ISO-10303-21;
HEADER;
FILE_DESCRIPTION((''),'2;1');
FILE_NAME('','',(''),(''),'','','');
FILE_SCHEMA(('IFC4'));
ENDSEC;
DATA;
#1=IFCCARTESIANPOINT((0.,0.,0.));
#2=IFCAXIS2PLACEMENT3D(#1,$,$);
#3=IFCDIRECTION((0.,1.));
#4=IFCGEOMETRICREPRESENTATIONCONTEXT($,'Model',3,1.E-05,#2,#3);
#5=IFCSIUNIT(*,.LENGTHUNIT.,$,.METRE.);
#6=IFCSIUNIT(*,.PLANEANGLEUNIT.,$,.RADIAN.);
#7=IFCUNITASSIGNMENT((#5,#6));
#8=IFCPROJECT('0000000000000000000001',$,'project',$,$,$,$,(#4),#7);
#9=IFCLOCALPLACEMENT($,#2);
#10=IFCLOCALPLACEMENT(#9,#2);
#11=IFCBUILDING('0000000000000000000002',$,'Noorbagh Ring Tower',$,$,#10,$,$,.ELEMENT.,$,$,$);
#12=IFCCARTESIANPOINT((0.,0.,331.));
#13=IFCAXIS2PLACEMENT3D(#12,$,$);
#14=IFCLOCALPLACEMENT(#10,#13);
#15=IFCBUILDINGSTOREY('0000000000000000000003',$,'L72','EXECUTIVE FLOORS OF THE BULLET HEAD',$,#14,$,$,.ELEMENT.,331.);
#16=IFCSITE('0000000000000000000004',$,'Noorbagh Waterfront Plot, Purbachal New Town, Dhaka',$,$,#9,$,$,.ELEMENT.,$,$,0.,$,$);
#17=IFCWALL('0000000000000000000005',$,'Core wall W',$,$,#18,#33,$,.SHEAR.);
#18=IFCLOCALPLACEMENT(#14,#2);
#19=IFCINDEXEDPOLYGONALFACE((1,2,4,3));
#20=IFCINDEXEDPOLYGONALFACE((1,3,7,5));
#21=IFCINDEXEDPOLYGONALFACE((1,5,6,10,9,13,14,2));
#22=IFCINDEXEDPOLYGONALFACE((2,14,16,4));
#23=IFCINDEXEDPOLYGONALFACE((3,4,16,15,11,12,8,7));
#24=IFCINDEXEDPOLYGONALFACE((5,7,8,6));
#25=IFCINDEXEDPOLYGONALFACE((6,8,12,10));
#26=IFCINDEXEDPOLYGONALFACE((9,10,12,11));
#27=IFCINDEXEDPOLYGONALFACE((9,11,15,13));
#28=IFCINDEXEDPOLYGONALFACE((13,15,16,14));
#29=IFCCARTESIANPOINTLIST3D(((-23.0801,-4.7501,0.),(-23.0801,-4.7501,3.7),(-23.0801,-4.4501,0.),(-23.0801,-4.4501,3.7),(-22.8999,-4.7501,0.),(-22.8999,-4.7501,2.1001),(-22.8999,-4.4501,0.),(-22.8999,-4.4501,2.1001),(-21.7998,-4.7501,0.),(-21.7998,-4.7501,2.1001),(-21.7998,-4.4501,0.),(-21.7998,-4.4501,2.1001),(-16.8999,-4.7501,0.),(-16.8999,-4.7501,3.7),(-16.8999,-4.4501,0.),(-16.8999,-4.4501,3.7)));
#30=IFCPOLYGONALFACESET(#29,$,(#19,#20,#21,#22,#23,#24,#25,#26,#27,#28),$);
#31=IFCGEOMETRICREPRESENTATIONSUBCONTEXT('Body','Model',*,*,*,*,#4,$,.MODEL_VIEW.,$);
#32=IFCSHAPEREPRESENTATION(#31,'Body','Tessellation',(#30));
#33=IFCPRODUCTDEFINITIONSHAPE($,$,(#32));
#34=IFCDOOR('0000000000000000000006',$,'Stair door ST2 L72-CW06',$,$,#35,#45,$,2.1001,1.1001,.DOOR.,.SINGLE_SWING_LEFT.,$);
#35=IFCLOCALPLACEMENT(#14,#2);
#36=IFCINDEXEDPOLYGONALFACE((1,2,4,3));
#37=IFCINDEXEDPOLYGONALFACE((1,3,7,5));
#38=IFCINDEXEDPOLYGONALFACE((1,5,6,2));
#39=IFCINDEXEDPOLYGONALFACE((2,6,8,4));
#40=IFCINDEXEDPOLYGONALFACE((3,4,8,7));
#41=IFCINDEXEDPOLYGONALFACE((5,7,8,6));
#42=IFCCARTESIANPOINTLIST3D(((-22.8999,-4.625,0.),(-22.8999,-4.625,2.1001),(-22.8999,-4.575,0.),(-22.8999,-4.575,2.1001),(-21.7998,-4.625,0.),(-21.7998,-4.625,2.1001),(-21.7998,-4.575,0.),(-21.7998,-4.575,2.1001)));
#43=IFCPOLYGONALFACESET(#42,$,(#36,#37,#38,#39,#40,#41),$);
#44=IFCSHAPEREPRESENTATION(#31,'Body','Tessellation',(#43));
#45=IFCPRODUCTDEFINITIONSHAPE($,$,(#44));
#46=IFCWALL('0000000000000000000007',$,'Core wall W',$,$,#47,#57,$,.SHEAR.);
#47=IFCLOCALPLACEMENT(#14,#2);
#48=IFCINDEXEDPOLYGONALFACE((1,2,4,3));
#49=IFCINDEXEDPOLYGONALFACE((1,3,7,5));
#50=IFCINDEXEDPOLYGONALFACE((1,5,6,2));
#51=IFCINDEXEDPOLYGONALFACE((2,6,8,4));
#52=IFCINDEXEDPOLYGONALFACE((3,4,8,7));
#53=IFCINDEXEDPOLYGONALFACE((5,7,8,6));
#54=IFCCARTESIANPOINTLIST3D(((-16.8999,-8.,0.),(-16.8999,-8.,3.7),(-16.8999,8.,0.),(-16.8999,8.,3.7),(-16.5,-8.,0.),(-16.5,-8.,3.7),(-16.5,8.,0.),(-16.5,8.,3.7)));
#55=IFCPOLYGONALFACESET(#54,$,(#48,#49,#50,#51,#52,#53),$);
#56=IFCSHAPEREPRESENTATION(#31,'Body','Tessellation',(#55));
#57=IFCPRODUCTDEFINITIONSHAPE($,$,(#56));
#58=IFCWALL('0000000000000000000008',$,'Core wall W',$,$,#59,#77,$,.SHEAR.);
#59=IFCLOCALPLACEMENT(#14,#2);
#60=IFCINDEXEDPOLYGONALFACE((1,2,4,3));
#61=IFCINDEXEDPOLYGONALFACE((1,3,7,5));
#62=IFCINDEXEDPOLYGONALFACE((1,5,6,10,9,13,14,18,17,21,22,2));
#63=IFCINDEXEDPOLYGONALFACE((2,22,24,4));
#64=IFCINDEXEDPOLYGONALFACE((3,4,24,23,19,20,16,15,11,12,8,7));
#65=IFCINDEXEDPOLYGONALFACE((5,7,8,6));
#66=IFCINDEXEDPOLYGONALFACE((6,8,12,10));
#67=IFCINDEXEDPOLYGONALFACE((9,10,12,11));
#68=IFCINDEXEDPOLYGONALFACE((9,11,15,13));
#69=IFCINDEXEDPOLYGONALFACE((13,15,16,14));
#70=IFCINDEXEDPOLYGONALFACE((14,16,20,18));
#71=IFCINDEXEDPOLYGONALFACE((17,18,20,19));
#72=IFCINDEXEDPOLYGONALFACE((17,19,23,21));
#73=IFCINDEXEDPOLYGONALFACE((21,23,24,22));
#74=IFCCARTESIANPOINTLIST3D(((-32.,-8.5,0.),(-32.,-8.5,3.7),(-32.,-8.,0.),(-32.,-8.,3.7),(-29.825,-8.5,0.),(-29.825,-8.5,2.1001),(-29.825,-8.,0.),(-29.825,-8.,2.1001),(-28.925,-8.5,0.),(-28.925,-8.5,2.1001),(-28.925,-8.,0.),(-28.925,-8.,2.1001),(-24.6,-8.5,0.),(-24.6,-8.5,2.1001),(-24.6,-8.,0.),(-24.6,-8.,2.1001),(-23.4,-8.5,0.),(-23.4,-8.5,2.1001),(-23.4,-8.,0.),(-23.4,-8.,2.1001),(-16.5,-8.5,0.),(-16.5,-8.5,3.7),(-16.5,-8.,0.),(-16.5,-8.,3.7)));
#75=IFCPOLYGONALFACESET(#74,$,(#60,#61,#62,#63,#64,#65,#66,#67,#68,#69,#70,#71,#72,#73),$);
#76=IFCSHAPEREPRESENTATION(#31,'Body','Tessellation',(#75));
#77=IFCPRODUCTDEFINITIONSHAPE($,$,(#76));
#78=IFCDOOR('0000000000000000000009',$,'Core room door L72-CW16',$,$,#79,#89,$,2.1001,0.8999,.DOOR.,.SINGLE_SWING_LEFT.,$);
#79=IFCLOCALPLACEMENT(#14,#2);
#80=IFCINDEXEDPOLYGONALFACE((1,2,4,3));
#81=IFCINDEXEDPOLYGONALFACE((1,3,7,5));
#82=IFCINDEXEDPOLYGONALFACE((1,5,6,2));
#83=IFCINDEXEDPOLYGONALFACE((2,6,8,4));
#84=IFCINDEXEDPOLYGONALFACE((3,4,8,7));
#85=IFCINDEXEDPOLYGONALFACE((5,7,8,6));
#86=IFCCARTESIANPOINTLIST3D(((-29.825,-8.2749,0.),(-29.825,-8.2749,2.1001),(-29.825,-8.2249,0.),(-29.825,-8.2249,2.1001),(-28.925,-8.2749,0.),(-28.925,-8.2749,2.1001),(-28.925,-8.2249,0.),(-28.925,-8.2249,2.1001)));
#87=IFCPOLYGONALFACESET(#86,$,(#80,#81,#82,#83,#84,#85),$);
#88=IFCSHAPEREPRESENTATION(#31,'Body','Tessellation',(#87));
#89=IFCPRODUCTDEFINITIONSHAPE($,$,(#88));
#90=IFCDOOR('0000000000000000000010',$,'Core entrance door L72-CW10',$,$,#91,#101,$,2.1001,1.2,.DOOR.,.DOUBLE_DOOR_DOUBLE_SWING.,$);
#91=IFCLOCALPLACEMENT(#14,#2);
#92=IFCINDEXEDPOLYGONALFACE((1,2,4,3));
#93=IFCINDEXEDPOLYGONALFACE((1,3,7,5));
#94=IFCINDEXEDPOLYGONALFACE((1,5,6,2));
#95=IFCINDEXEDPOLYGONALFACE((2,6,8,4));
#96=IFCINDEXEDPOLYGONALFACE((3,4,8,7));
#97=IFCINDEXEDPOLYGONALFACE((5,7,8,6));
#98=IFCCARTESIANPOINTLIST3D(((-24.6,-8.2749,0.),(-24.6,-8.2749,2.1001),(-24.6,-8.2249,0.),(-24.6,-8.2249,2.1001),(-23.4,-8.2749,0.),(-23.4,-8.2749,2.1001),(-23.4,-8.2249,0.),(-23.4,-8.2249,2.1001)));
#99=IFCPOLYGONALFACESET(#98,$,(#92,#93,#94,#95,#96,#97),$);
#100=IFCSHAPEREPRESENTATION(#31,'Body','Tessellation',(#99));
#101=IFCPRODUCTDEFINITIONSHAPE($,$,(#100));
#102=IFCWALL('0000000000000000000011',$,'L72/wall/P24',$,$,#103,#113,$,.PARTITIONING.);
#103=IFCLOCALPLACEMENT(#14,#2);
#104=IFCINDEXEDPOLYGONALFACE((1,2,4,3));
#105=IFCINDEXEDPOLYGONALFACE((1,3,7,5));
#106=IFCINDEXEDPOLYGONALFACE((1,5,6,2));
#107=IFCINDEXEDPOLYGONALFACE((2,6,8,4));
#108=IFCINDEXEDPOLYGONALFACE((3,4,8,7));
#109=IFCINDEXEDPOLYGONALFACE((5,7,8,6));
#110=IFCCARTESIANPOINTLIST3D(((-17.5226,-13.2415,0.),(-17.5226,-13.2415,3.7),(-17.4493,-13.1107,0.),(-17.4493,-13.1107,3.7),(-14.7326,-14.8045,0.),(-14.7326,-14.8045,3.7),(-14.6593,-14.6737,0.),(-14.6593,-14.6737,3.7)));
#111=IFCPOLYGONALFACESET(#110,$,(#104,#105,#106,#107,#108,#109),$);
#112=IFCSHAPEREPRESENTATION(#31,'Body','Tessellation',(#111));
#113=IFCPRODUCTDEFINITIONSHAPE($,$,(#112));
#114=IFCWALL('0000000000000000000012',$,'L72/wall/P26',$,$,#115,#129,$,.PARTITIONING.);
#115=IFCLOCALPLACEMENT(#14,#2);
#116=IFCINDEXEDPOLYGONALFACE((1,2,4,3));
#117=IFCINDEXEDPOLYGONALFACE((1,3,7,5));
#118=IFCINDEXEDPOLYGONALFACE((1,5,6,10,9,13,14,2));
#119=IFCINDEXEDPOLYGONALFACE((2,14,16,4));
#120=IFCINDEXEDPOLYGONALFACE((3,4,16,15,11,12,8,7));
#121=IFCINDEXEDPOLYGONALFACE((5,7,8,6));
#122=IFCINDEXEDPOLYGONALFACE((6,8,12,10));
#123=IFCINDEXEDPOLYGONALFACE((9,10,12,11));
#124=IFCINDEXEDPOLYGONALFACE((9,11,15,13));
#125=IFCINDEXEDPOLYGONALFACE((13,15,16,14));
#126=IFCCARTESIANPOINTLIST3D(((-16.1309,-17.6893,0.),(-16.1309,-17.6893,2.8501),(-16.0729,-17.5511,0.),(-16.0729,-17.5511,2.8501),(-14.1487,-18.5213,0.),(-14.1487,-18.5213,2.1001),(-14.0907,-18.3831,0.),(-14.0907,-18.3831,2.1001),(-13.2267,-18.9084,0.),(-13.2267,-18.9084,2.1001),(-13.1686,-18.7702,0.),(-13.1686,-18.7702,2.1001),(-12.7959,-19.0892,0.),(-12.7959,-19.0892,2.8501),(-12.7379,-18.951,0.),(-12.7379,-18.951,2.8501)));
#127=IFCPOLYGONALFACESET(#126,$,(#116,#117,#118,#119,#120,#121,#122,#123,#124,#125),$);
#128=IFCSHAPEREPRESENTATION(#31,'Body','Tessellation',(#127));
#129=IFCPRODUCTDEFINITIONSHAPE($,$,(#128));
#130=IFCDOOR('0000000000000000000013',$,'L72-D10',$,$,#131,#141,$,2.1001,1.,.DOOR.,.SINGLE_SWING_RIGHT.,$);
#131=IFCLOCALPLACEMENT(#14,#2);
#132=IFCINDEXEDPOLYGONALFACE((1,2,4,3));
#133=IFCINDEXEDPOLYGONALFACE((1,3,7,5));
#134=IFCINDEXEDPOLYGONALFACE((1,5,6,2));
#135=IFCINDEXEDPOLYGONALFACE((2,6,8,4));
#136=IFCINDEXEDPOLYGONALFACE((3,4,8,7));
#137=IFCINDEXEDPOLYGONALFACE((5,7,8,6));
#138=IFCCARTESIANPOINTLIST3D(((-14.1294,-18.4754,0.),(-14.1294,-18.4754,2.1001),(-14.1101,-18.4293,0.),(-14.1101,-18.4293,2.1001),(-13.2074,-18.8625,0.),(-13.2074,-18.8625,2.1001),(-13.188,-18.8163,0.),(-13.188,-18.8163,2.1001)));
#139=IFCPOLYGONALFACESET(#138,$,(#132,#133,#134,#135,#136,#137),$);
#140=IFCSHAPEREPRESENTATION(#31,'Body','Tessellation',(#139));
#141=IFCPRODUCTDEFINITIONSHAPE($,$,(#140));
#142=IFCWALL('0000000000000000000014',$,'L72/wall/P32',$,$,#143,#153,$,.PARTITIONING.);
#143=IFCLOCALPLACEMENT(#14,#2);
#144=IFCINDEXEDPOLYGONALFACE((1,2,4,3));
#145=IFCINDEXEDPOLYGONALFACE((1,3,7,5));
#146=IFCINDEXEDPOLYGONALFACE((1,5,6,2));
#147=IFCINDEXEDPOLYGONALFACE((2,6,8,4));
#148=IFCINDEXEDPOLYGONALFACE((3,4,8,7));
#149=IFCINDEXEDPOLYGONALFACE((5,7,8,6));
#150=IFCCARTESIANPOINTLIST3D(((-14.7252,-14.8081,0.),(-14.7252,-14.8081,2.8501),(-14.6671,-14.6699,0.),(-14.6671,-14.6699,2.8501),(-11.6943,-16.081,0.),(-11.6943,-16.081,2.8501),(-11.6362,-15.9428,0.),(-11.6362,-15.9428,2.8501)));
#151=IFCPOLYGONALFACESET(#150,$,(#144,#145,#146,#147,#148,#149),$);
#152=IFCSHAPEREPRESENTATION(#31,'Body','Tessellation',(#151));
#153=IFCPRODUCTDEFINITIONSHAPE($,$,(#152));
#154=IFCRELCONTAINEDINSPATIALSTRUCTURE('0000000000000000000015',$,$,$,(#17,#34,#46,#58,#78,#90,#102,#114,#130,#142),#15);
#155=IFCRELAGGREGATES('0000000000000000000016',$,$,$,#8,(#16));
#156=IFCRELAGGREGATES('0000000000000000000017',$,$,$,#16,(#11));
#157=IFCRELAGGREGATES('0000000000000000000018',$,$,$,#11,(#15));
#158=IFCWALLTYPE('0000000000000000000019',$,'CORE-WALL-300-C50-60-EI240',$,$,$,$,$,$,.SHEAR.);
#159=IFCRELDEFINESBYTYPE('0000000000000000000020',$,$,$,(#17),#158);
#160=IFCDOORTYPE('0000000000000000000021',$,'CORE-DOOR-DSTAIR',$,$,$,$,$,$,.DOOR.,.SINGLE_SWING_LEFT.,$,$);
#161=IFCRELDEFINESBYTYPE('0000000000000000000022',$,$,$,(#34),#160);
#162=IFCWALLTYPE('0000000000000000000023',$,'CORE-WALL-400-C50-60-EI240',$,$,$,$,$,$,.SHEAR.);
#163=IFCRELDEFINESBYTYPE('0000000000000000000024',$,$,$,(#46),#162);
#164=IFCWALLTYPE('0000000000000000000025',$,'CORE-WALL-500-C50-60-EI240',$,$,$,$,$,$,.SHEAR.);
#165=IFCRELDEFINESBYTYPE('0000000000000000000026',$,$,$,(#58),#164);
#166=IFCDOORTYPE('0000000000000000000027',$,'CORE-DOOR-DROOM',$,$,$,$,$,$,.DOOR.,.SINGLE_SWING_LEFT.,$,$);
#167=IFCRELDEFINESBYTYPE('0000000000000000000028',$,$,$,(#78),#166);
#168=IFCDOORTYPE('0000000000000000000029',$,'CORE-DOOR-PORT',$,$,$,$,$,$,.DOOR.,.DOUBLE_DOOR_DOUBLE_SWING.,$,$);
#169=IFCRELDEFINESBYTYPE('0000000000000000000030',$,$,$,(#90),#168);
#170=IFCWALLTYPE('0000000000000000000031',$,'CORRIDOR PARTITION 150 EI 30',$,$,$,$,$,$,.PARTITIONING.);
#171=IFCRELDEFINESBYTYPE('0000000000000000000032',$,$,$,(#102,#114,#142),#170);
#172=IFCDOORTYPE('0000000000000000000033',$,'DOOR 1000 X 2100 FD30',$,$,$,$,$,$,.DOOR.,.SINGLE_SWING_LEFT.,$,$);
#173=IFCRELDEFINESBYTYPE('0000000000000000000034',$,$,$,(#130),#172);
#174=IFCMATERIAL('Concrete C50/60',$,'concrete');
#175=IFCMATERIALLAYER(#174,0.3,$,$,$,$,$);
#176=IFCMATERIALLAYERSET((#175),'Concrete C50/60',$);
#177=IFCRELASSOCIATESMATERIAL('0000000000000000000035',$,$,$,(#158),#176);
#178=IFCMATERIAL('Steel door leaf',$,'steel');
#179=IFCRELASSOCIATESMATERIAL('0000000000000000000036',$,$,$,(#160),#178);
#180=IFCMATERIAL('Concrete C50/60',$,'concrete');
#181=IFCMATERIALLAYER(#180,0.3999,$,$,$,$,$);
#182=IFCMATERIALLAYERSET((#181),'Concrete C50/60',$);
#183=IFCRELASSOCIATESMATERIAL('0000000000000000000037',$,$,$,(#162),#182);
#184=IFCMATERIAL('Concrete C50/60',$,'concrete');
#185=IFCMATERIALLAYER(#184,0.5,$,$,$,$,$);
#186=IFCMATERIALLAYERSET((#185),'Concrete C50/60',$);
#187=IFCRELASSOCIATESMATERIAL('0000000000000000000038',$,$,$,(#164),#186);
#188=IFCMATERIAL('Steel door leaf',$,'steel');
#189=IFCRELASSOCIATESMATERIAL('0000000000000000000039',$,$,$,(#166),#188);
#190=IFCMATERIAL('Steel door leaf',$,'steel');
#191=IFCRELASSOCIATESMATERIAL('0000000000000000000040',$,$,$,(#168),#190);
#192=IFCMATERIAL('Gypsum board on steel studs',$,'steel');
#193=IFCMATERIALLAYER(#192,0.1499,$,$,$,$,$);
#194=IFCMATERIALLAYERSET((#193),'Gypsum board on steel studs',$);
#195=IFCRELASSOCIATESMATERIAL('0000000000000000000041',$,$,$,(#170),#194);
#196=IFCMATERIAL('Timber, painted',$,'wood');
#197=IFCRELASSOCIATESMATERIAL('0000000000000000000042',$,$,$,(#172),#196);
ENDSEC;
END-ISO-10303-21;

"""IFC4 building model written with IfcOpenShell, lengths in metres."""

from ifc_helpers import new_model, si_unit, direction, frame, frame_2d, origin, place, context, subcontext, project, spatial, rectangle, extrude, material, layer, layer_set, type_object, element, fill, save


model = new_model("IFC4")

# Units and contexts
model_context = context("Model", 3, precision=1e-05, world=origin(), true_north=direction((0.0, 1.0)))
body_context = subcontext(model_context, "Body", "Model", "MODEL_VIEW")
ifc_project = project(units=[si_unit("LENGTHUNIT", "METRE"), si_unit("PLANEANGLEUNIT", "RADIAN")], contexts=[model_context])

# Site, building, storey
site_placement = place(None, origin())
site = spatial("IfcSite", under=ifc_project, at=site_placement, Name="Noorbagh Waterfront Plot, Purbachal New Town, Dhaka", CompositionType="ELEMENT", RefElevation=0.0)
building_placement = place(site_placement, origin())
building = spatial("IfcBuilding", under=site, at=building_placement, Name="Noorbagh Ring Tower", CompositionType="ELEMENT")
storey_placement = place(building_placement, frame((0.0, 0.0, 331.0)))
storey = spatial("IfcBuildingStorey", under=building, at=storey_placement, Name="L72", Description="EXECUTIVE FLOORS OF THE BULLET HEAD", CompositionType="ELEMENT", Elevation=331.0)

# Wall, opening, door
ifc_material_1 = material(Name="Concrete C50/60", Category="concrete")
ifc_layer_1 = layer(ifc_material_1, 0.3)
ifc_layer_set_1 = layer_set([ifc_layer_1], Name="Concrete C50/60")
wall_type_1 = type_object("IfcWallType", Name="CORE-WALL-300-C50-60-EI240", PredefinedType="SHEAR", material=ifc_layer_set_1)
wall_1_placement = place(storey_placement, frame((-16.8999, -4.6001, 0.0), z_axis=(0.0, 0.0, 1.0), x_axis=(-1.0, 0.0, 0.0)))
wall_1 = element("IfcWall", 1, at=wall_1_placement, inside=storey, type_object=wall_type_1, Name="Core wall W", PredefinedType="SHEAR", context=body_context, shape_type="SweptSolid", body=[
    extrude(rectangle(XDim=6.1802, YDim=0.3, at=frame_2d((3.0901, 0.0))), origin(), (0.0, 0.0, 1.0), 3.7),
])
opening_1_placement = place(wall_1_placement, frame((4.8999, 0.0, 0.0)))
opening_1 = element("IfcOpeningElement", 2, at=opening_1_placement, cuts=wall_1, PredefinedType="OPENING", context=body_context, shape_type="SweptSolid", body=[
    extrude(rectangle(XDim=1.1001, YDim=2.1001, at=frame_2d((0.55, 1.05))), frame((0.0, 0.1602, 0.0), z_axis=(0.0, -1.0, 0.0), x_axis=(1.0, 0.0, 0.0)), (0.0, 0.0, 1.0), 0.3201),
])
ifc_material_2 = material(Name="Steel door leaf", Category="steel")
door_type_1 = type_object("IfcDoorType", Name="CORE-DOOR-DSTAIR", OperationType="SINGLE_SWING_LEFT", PredefinedType="DOOR", material=ifc_material_2)
door_1_placement = place(opening_1_placement, origin())
door_1 = element("IfcDoor", 3, at=door_1_placement, inside=storey, type_object=door_type_1, Name="Stair door ST2 L72-CW06", OperationType="SINGLE_SWING_LEFT", OverallHeight=2.1001, OverallWidth=1.1001, PredefinedType="DOOR", context=body_context, shape_type="SweptSolid", body=[
    extrude(rectangle(XDim=1.1001, YDim=2.1001, at=frame_2d((0.55, 1.05))), frame((0.0, 0.0249, 0.0), z_axis=(0.0, -1.0, 0.0), x_axis=(1.0, 0.0, 0.0)), (0.0, 0.0, 1.0), 0.05),
])
fill(opening_1, door_1)

# Wall
ifc_material_3 = material(Name="Concrete C50/60", Category="concrete")
ifc_layer_2 = layer(ifc_material_3, 0.3999)
ifc_layer_set_2 = layer_set([ifc_layer_2], Name="Concrete C50/60")
wall_type_2 = type_object("IfcWallType", Name="CORE-WALL-400-C50-60-EI240", PredefinedType="SHEAR", material=ifc_layer_set_2)
wall_2_placement = place(storey_placement, frame((-16.7, -8.0, 0.0), z_axis=(0.0, 0.0, 1.0), x_axis=(0.0, 1.0, 0.0)))
element("IfcWall", 4, at=wall_2_placement, inside=storey, type_object=wall_type_2, Name="Core wall W", PredefinedType="SHEAR", context=body_context, shape_type="SweptSolid", body=[
    extrude(rectangle(XDim=16.0, YDim=0.3999, at=frame_2d((8.0, 0.0))), origin(), (0.0, 0.0, 1.0), 3.7),
])

# Wall, openings, doors
ifc_material_4 = material(Name="Concrete C50/60", Category="concrete")
ifc_layer_3 = layer(ifc_material_4, 0.5)
ifc_layer_set_3 = layer_set([ifc_layer_3], Name="Concrete C50/60")
wall_type_3 = type_object("IfcWallType", Name="CORE-WALL-500-C50-60-EI240", PredefinedType="SHEAR", material=ifc_layer_set_3)
wall_3_placement = place(storey_placement, frame((-16.5, -8.25, 0.0), z_axis=(0.0, 0.0, 1.0), x_axis=(-1.0, 0.0, 0.0)))
wall_3 = element("IfcWall", 5, at=wall_3_placement, inside=storey, type_object=wall_type_3, Name="Core wall W", PredefinedType="SHEAR", context=body_context, shape_type="SweptSolid", body=[
    extrude(rectangle(XDim=15.5, YDim=0.5, at=frame_2d((7.75, 0.0))), origin(), (0.0, 0.0, 1.0), 3.7),
])
opening_2_placement = place(wall_3_placement, frame((6.8999, 0.0, 0.0)))
opening_2 = element("IfcOpeningElement", 6, at=opening_2_placement, cuts=wall_3, PredefinedType="OPENING", context=body_context, shape_type="SweptSolid", body=[
    extrude(rectangle(XDim=1.2, YDim=2.1001, at=frame_2d((0.6001, 1.05))), frame((0.0, 0.26, 0.0), z_axis=(0.0, -1.0, 0.0), x_axis=(1.0, 0.0, 0.0)), (0.0, 0.0, 1.0), 0.52),
])
opening_3_placement = place(wall_3_placement, frame((12.425, 0.0, 0.0)))
opening_3 = element("IfcOpeningElement", 7, at=opening_3_placement, cuts=wall_3, PredefinedType="OPENING", context=body_context, shape_type="SweptSolid", body=[
    extrude(rectangle(XDim=0.8999, YDim=2.1001, at=frame_2d((0.45, 1.05))), frame((0.0, 0.26, 0.0), z_axis=(0.0, -1.0, 0.0), x_axis=(1.0, 0.0, 0.0)), (0.0, 0.0, 1.0), 0.52),
])
ifc_material_5 = material(Name="Steel door leaf", Category="steel")
door_type_2 = type_object("IfcDoorType", Name="CORE-DOOR-DROOM", OperationType="SINGLE_SWING_LEFT", PredefinedType="DOOR", material=ifc_material_5)
door_2_placement = place(opening_3_placement, origin())
door_2 = element("IfcDoor", 8, at=door_2_placement, inside=storey, type_object=door_type_2, Name="Core room door L72-CW16", OperationType="SINGLE_SWING_LEFT", OverallHeight=2.1001, OverallWidth=0.8999, PredefinedType="DOOR", context=body_context, shape_type="SweptSolid", body=[
    extrude(rectangle(XDim=0.8999, YDim=2.1001, at=frame_2d((0.45, 1.05))), frame((0.0, 0.0249, 0.0), z_axis=(0.0, -1.0, 0.0), x_axis=(1.0, 0.0, 0.0)), (0.0, 0.0, 1.0), 0.05),
])
fill(opening_3, door_2)
ifc_material_6 = material(Name="Steel door leaf", Category="steel")
door_type_3 = type_object("IfcDoorType", Name="CORE-DOOR-PORT", OperationType="DOUBLE_DOOR_DOUBLE_SWING", PredefinedType="DOOR", material=ifc_material_6)
door_3_placement = place(opening_2_placement, origin())
door_3 = element("IfcDoor", 9, at=door_3_placement, inside=storey, type_object=door_type_3, Name="Core entrance door L72-CW10", OperationType="DOUBLE_DOOR_DOUBLE_SWING", OverallHeight=2.1001, OverallWidth=1.2, PredefinedType="DOOR", context=body_context, shape_type="SweptSolid", body=[
    extrude(rectangle(XDim=1.2, YDim=2.1001, at=frame_2d((0.6001, 1.05))), frame((0.0, 0.0249, 0.0), z_axis=(0.0, -1.0, 0.0), x_axis=(1.0, 0.0, 0.0)), (0.0, 0.0, 1.0), 0.05),
])
fill(opening_2, door_3)

# Wall
ifc_material_7 = material(Name="Gypsum board on steel studs", Category="steel")
ifc_layer_4 = layer(ifc_material_7, 0.1499)
ifc_layer_set_4 = layer_set([ifc_layer_4], Name="Gypsum board on steel studs")
wall_type_4 = type_object("IfcWallType", Name="CORRIDOR PARTITION 150 EI 30", PredefinedType="PARTITIONING", material=ifc_layer_set_4)
wall_4_placement = place(storey_placement, frame((-17.4861, -13.176, 0.0), z_axis=(0.0, 0.0, 1.0), x_axis=(0.872431, -0.488738, 0.0)))
element("IfcWall", 10, at=wall_4_placement, inside=storey, type_object=wall_type_4, Name="L72/wall/P24", PredefinedType="PARTITIONING", context=body_context, shape_type="SweptSolid", body=[
    extrude(rectangle(XDim=3.198, YDim=0.1499, at=frame_2d((1.5991, 0.0))), origin(), (0.0, 0.0, 1.0), 3.7),
])

# Wall, opening, door
wall_5_placement = place(storey_placement, frame((-16.1021, -17.6201, 0.0), z_axis=(0.0, 0.0, 1.0), x_axis=(0.922059, -0.387049, 0.0)))
wall_5 = element("IfcWall", 11, at=wall_5_placement, inside=storey, type_object=wall_type_4, Name="L72/wall/P26", PredefinedType="PARTITIONING", context=body_context, shape_type="SweptSolid", body=[
    extrude(rectangle(XDim=3.6169, YDim=0.1499, at=frame_2d((1.8086, 0.0))), origin(), (0.0, 0.0, 1.0), 2.8501),
])
opening_4_placement = place(wall_5_placement, frame((2.1499, 0.0, 0.0)))
opening_4 = element("IfcOpeningElement", 12, at=opening_4_placement, cuts=wall_5, PredefinedType="OPENING", context=body_context, shape_type="SweptSolid", body=[
    extrude(rectangle(XDim=1.0, YDim=2.1001, at=frame_2d((0.5, 1.05))), frame((0.0, 0.085, 0.0), z_axis=(0.0, -1.0, 0.0), x_axis=(1.0, 0.0, 0.0)), (0.0, 0.0, 1.0), 0.1699),
])
ifc_material_8 = material(Name="Timber, painted", Category="wood")
door_type_4 = type_object("IfcDoorType", Name="DOOR 1000 X 2100 FD30", OperationType="SINGLE_SWING_LEFT", PredefinedType="DOOR", material=ifc_material_8)
door_4_placement = place(opening_4_placement, origin())
door_4 = element("IfcDoor", 13, at=door_4_placement, inside=storey, type_object=door_type_4, Name="L72-D10", OperationType="SINGLE_SWING_RIGHT", OverallHeight=2.1001, OverallWidth=1.0, PredefinedType="DOOR", context=body_context, shape_type="SweptSolid", body=[
    extrude(rectangle(XDim=1.0, YDim=2.1001, at=frame_2d((0.5, 1.05))), frame((0.0, 0.0249, 0.0), z_axis=(0.0, -1.0, 0.0), x_axis=(1.0, 0.0, 0.0)), (0.0, 0.0, 1.0), 0.05),
])
fill(opening_4, door_4)

# Wall
wall_6_placement = place(storey_placement, frame((-14.696, -14.739, 0.0), z_axis=(0.0, 0.0, 1.0), x_axis=(0.92199, -0.387214, 0.0)))
element("IfcWall", 14, at=wall_6_placement, inside=storey, type_object=wall_type_4, Name="L72/wall/P32", PredefinedType="PARTITIONING", context=body_context, shape_type="SweptSolid", body=[
    extrude(rectangle(XDim=3.2874, YDim=0.1499, at=frame_2d((1.6436, 0.0))), origin(), (0.0, 0.0, 1.0), 2.8501),
])

save(model, "model.ifc")
